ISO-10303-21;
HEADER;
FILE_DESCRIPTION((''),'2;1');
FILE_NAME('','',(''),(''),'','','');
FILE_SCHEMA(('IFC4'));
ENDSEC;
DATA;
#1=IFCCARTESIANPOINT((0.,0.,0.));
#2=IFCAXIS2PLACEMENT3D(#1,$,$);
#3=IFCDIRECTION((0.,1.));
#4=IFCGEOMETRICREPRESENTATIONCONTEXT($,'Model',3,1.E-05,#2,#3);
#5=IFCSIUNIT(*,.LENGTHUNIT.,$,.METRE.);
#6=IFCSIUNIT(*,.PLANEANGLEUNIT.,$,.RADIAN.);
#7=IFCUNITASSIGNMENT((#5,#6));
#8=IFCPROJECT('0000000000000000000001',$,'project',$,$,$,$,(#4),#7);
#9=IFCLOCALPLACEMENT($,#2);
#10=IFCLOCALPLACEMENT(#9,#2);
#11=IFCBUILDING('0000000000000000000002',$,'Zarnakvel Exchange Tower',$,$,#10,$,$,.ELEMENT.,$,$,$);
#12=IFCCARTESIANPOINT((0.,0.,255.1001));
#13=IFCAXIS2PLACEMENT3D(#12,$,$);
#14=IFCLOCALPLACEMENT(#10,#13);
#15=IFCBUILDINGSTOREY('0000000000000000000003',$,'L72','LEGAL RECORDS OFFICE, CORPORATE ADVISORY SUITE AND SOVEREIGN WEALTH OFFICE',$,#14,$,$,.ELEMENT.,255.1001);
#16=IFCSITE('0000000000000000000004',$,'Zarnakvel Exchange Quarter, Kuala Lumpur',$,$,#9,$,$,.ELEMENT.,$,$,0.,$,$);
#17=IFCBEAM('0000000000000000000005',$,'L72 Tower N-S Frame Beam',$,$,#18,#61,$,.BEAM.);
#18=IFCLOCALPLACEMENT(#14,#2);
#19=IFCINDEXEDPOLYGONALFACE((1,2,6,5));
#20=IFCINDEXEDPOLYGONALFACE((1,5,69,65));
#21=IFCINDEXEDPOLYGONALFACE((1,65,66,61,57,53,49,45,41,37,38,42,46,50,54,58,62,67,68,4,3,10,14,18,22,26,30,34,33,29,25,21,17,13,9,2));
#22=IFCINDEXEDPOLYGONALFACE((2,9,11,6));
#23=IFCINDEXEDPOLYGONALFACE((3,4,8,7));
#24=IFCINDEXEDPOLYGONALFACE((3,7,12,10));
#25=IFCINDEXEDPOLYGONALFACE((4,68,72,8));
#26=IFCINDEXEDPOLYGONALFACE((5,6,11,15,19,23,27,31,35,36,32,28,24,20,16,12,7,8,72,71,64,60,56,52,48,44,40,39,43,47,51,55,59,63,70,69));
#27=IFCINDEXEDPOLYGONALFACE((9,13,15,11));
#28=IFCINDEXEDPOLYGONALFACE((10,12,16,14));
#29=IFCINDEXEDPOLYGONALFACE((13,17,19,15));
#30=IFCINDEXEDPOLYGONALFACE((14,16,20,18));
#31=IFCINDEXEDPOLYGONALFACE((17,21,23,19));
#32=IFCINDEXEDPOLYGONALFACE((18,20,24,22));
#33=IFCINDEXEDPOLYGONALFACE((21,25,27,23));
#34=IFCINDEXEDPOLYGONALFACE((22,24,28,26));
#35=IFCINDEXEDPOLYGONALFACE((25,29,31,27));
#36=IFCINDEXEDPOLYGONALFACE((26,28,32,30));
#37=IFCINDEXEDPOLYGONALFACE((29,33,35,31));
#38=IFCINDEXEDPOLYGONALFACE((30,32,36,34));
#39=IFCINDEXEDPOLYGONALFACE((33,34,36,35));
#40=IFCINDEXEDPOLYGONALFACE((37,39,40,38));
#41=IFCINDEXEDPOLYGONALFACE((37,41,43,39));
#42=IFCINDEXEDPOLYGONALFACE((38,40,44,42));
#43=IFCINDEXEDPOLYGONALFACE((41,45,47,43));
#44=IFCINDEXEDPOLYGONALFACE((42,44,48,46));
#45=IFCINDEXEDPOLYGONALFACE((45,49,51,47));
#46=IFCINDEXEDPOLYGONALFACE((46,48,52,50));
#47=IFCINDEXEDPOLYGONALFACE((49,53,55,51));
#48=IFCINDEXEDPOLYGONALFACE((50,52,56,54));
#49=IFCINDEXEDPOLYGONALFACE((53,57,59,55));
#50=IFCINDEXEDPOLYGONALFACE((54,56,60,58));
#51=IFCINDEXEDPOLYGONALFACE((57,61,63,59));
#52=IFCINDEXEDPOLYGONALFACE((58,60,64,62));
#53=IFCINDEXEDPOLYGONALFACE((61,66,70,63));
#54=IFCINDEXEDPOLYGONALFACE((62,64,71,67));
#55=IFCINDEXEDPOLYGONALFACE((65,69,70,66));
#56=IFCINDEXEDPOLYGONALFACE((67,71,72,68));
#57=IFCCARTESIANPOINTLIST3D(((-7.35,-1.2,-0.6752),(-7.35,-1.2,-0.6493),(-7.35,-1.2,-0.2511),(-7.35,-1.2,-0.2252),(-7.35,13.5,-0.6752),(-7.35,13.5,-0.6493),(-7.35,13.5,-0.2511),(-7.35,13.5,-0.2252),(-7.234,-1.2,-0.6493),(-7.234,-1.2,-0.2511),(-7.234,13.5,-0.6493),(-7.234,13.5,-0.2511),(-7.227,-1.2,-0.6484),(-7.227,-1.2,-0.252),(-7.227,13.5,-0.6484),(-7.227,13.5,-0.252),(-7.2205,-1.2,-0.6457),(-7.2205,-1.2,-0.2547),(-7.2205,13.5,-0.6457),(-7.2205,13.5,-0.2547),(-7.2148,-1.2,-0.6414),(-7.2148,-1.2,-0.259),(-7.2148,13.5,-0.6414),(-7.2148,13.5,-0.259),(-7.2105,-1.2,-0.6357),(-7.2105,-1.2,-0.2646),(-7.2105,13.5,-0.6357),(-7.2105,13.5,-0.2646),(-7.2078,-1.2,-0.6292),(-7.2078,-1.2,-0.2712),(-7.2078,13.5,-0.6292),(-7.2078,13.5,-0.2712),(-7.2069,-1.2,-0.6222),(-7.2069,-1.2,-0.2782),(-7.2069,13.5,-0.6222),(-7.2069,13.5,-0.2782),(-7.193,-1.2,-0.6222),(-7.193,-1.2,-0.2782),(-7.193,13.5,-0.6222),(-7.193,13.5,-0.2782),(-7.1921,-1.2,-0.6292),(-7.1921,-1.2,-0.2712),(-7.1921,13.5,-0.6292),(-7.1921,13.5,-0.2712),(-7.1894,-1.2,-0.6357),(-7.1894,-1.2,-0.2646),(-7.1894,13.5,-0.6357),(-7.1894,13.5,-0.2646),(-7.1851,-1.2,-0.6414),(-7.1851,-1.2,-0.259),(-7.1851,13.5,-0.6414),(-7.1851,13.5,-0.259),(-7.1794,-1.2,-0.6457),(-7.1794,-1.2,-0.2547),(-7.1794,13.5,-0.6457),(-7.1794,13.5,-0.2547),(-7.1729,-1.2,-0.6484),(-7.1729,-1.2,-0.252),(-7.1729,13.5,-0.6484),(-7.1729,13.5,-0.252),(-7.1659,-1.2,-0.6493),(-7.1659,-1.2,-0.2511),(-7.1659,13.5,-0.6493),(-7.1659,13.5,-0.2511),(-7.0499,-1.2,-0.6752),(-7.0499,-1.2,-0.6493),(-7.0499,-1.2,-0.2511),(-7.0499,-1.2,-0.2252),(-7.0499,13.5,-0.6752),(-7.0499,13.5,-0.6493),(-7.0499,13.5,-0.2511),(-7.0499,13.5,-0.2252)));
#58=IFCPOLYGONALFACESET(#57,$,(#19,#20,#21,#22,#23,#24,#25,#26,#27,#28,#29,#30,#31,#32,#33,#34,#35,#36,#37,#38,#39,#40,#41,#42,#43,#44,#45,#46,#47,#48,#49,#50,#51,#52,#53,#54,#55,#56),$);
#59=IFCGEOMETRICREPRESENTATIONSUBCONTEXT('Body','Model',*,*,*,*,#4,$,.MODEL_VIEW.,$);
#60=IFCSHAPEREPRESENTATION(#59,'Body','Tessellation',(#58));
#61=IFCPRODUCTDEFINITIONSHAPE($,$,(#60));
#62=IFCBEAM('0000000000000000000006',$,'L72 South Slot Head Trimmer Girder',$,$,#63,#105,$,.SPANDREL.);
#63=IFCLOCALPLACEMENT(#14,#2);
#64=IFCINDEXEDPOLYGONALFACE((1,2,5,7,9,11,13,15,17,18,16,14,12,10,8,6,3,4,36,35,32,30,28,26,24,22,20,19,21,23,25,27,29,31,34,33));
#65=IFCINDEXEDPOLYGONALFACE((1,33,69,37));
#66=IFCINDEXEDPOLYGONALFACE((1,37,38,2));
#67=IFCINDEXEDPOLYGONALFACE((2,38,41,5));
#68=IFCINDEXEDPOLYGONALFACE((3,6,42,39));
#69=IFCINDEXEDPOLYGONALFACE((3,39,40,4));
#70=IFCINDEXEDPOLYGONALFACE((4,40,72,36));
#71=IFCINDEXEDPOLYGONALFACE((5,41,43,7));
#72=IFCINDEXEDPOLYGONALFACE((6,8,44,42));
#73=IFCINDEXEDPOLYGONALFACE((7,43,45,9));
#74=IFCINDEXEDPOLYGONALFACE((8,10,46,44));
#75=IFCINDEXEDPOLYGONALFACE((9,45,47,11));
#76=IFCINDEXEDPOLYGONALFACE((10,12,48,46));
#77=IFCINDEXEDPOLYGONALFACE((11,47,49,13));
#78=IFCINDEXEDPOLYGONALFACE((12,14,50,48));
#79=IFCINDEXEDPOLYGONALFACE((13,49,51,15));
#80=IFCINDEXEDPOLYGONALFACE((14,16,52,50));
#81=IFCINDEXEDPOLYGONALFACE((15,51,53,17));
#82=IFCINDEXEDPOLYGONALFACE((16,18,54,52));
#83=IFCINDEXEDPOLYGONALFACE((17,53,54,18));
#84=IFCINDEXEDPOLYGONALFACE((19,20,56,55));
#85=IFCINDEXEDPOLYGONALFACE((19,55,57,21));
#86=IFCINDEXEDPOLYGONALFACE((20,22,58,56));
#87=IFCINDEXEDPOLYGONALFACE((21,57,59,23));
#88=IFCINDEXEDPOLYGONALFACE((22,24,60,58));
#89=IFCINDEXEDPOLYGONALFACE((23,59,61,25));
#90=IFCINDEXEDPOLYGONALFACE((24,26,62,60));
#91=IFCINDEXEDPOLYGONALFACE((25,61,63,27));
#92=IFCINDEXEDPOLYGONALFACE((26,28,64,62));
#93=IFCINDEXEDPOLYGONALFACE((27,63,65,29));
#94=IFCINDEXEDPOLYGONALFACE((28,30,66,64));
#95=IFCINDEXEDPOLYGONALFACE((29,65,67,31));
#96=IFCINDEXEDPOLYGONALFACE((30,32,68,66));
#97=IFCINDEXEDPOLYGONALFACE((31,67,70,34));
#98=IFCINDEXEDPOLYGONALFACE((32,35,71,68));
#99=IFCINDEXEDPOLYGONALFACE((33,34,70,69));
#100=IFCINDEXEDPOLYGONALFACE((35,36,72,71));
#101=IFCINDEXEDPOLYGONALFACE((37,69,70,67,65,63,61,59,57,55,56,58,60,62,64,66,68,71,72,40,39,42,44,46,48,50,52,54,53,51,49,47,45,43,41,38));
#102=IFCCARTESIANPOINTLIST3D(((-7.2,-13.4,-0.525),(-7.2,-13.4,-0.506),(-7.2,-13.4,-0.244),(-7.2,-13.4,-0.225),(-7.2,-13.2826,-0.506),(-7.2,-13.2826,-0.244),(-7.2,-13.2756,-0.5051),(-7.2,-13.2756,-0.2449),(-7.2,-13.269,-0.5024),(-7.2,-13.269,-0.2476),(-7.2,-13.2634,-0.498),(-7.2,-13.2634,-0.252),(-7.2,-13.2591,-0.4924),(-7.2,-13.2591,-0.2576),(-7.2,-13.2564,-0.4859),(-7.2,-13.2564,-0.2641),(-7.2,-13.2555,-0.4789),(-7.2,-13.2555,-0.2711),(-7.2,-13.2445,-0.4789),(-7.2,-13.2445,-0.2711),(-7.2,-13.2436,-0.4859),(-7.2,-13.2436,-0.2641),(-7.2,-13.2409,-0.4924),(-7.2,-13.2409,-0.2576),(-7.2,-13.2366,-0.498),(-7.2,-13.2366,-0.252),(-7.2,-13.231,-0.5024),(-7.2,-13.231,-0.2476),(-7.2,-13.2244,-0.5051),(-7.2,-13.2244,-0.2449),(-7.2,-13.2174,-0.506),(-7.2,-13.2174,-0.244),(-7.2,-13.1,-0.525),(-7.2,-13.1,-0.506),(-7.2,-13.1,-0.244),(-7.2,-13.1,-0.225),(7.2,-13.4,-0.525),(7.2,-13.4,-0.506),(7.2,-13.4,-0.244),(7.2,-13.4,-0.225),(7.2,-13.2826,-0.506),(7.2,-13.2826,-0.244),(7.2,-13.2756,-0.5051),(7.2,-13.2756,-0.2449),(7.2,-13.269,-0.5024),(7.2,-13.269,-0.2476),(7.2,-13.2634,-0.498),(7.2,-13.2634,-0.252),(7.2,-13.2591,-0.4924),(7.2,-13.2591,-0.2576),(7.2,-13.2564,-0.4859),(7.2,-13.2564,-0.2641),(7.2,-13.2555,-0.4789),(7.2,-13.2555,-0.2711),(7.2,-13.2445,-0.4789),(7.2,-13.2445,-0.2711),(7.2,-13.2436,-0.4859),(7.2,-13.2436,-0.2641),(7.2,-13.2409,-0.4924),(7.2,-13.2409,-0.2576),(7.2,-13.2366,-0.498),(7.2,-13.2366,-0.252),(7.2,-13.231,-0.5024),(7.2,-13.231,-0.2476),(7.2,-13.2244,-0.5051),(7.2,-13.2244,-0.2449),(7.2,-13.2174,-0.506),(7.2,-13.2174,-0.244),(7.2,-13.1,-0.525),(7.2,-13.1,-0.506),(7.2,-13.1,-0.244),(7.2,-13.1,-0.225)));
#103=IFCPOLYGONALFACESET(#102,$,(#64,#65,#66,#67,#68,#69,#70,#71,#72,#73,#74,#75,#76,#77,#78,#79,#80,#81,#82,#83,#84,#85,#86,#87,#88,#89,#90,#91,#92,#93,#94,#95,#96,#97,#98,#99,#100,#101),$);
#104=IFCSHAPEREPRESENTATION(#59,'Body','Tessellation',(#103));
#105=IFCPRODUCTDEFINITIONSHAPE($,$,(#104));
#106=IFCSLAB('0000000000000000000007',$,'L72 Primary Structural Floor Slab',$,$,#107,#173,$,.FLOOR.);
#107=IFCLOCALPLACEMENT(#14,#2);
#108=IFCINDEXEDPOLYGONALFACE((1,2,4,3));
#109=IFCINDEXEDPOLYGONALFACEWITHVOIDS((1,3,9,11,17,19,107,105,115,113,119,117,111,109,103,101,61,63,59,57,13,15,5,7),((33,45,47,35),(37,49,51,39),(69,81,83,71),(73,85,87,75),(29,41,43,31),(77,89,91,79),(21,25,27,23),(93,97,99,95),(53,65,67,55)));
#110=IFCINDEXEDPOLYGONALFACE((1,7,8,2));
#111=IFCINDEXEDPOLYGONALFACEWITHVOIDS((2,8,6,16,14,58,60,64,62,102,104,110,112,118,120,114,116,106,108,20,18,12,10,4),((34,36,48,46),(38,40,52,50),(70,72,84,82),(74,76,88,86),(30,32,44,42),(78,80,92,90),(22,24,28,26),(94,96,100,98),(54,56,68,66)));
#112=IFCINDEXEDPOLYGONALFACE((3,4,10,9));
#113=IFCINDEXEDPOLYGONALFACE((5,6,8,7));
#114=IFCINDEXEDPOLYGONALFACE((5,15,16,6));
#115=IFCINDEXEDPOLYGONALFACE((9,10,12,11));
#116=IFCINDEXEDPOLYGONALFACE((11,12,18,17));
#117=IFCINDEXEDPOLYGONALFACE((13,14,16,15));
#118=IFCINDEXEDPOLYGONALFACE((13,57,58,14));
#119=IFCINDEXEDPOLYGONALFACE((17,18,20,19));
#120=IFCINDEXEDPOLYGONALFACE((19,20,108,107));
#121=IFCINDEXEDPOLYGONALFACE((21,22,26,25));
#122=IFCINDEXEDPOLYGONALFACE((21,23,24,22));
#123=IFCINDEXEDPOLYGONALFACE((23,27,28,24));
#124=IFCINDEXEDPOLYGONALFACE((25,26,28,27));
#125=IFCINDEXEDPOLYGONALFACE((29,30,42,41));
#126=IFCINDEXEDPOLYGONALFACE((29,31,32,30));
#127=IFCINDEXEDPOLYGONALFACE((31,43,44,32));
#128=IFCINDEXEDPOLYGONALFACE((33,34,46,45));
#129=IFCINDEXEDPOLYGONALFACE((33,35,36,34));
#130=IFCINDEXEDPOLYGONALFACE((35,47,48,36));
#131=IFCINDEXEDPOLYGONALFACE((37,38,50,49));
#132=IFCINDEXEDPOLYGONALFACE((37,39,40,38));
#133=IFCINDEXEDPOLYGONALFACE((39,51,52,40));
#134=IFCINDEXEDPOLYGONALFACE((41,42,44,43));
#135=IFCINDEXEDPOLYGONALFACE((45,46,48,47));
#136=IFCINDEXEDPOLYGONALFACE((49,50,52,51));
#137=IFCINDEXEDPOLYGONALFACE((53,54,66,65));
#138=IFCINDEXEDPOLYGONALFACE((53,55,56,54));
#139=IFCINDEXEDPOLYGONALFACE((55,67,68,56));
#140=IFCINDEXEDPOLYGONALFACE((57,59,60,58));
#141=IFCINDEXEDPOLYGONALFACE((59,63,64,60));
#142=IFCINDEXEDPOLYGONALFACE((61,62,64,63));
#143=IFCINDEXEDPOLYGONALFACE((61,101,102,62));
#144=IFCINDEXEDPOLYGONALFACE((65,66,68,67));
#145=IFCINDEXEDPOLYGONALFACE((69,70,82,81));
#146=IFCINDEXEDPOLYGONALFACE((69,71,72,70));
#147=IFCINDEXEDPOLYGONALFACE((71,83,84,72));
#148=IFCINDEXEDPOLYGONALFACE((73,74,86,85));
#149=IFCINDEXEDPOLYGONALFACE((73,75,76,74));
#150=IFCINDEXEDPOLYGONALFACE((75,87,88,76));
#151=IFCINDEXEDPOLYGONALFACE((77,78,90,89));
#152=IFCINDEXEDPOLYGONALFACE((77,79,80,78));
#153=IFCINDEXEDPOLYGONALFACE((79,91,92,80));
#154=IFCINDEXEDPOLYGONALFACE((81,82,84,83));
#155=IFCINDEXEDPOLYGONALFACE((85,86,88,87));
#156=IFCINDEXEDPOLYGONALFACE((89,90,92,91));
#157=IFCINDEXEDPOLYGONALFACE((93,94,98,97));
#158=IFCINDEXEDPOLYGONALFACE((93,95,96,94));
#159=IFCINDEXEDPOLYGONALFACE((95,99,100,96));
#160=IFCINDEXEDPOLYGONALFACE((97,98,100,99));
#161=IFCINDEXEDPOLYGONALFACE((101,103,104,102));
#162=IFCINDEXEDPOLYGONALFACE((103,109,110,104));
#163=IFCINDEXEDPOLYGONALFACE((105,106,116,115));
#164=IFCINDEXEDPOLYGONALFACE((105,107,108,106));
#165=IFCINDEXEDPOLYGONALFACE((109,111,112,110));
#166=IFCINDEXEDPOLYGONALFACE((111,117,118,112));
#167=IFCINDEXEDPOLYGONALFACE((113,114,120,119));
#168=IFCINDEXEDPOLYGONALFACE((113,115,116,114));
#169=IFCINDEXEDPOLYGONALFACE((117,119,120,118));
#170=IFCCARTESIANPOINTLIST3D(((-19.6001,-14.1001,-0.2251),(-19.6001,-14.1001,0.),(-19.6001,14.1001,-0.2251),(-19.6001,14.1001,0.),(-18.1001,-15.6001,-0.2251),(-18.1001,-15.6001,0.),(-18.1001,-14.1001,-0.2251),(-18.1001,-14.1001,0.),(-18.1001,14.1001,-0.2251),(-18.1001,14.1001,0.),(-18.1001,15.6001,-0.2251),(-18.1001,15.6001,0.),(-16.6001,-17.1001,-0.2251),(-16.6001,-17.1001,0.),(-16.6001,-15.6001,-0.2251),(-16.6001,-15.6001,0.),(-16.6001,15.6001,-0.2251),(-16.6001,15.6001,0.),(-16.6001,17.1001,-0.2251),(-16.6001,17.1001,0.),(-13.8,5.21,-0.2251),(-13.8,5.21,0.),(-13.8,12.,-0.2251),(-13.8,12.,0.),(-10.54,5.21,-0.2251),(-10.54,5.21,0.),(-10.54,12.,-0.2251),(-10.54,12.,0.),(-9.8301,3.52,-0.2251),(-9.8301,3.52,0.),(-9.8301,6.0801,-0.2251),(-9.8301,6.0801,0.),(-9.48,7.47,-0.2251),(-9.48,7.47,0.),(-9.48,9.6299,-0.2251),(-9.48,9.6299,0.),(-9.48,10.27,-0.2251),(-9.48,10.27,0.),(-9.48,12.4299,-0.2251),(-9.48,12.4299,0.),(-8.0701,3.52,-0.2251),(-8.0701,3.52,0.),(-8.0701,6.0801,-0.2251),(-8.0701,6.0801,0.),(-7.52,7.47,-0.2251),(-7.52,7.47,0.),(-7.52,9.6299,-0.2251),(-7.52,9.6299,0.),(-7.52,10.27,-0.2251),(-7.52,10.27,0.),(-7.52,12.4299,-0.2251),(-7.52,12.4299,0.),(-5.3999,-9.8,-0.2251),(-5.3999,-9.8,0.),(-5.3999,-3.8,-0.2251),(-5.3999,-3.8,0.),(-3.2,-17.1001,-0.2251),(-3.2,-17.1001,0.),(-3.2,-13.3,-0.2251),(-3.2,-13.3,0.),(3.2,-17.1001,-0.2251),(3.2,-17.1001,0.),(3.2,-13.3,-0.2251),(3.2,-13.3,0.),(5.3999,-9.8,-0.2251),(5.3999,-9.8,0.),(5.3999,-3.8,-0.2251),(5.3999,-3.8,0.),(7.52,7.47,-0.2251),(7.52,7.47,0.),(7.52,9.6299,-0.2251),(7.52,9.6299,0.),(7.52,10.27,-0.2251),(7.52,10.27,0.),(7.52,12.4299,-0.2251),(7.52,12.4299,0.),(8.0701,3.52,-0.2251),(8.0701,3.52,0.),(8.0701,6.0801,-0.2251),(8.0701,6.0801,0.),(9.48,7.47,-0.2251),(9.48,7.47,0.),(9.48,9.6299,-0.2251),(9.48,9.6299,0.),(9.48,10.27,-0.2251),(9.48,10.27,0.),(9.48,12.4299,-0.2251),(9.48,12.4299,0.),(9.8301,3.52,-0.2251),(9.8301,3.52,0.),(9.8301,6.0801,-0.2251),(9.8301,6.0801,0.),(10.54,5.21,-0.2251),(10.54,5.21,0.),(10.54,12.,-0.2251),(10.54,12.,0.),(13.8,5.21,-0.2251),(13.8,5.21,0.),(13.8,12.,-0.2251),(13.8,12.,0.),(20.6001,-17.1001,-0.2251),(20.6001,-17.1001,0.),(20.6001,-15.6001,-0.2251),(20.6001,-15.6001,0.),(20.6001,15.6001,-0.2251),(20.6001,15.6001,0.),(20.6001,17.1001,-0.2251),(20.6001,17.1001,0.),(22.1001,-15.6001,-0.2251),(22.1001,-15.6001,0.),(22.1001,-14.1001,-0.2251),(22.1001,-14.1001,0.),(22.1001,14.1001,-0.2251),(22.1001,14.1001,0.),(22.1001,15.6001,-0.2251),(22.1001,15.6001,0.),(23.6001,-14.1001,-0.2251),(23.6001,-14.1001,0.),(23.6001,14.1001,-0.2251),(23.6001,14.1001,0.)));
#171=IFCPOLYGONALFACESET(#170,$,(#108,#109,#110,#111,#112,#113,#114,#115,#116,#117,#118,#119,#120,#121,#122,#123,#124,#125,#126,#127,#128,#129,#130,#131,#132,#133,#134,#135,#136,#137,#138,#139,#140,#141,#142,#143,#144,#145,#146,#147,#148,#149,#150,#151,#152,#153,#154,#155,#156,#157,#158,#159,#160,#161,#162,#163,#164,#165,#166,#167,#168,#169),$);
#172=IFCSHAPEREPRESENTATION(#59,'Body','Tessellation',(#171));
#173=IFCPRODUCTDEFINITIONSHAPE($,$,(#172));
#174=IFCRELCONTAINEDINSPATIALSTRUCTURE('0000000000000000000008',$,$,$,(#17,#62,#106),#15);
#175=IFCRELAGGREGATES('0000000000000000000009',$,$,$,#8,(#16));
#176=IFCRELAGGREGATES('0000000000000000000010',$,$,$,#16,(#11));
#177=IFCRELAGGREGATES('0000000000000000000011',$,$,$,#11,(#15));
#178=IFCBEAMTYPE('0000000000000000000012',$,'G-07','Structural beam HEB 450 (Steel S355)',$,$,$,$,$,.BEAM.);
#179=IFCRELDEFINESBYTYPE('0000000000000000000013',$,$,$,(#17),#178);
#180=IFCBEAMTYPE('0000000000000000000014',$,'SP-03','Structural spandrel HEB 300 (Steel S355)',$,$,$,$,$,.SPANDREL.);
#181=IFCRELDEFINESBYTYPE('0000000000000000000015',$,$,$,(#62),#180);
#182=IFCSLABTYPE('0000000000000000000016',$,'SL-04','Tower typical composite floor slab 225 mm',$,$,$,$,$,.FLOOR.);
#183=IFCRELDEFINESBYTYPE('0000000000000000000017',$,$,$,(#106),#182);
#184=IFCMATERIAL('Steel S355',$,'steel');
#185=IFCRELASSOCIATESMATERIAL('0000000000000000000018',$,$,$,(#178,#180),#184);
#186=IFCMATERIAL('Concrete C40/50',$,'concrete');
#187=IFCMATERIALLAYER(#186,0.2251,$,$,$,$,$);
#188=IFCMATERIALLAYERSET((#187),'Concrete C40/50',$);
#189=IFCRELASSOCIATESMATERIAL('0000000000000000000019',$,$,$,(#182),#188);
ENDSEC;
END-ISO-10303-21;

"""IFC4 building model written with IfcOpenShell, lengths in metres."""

from ifc_helpers import new_model, si_unit, direction, frame, origin, origin_2d, place, context, subcontext, project, spatial, polyline, i_section, outline, extrude, material, layer, layer_set, material_profile, profile_set, type_object, element, save


model = new_model("IFC4")

# Units and contexts
model_context = context("Model", 3, precision=1e-05, world=origin(), true_north=direction((0.0, 1.0)))
body_context = subcontext(model_context, "Body", "Model", "MODEL_VIEW")
ifc_project = project(units=[si_unit("LENGTHUNIT", "METRE"), si_unit("PLANEANGLEUNIT", "RADIAN")], contexts=[model_context])

# Site, building, storey
site_placement = place(None, origin())
site = spatial("IfcSite", under=ifc_project, at=site_placement, Name="Zarnakvel Exchange Quarter, Kuala Lumpur", CompositionType="ELEMENT", RefElevation=0.0)
building_placement = place(site_placement, origin())
building = spatial("IfcBuilding", under=site, at=building_placement, Name="Zarnakvel Exchange Tower", CompositionType="ELEMENT")
storey_placement = place(building_placement, frame((0.0, 0.0, 255.1001)))
storey = spatial("IfcBuildingStorey", under=building, at=storey_placement, Name="L72", Description="LEGAL RECORDS OFFICE, CORPORATE ADVISORY SUITE AND SOVEREIGN WEALTH OFFICE", CompositionType="ELEMENT", Elevation=255.1001)

# Beams
ifc_material_1 = material(Name="Steel S355", Category="steel")
ifc_material_profile_1 = material_profile(ifc_material_1, i_section(OverallWidth=0.3, OverallDepth=0.45, WebThickness=0.0139, FlangeThickness=0.0259, FilletRadius=0.0271, at=origin_2d()))
ifc_profile_set_1 = profile_set([ifc_material_profile_1], Name="Steel S355")
beam_type_1 = type_object("IfcBeamType", Name="G-07", Description="Structural beam HEB 450 (Steel S355)", PredefinedType="BEAM", material=ifc_profile_set_1)
beam_1_placement = place(storey_placement, frame((-7.2, -1.2, -0.4502), z_axis=(0.0, 1.0, 0.0), x_axis=(-1.0, 0.0, 0.0)))
element("IfcBeam", 1, at=beam_1_placement, inside=storey, type_object=beam_type_1, Name="L72 Tower N-S Frame Beam", PredefinedType="BEAM", context=body_context, shape_type="SweptSolid", body=[
    extrude(i_section(OverallWidth=0.3, OverallDepth=0.45, WebThickness=0.0139, FlangeThickness=0.0259, FilletRadius=0.0271, at=origin_2d()), origin(), (0.0, 0.0, 1.0), 14.7),
])
ifc_material_profile_2 = material_profile(ifc_material_1, i_section(OverallWidth=0.3, OverallDepth=0.3, WebThickness=0.011, FlangeThickness=0.019, FilletRadius=0.0271, at=origin_2d()))
ifc_profile_set_2 = profile_set([ifc_material_profile_2], Name="Steel S355")
beam_type_2 = type_object("IfcBeamType", Name="SP-03", Description="Structural spandrel HEB 300 (Steel S355)", PredefinedType="SPANDREL", material=ifc_profile_set_2)
beam_2_placement = place(storey_placement, frame((-7.2, -13.25, -0.375), z_axis=(1.0, 0.0, 0.0), x_axis=(0.0, 1.0, 0.0)))
element("IfcBeam", 2, at=beam_2_placement, inside=storey, type_object=beam_type_2, Name="L72 South Slot Head Trimmer Girder", PredefinedType="SPANDREL", context=body_context, shape_type="SweptSolid", body=[
    extrude(i_section(OverallWidth=0.3, OverallDepth=0.3, WebThickness=0.011, FlangeThickness=0.019, FilletRadius=0.0271, at=origin_2d()), origin(), (0.0, 0.0, 1.0), 14.3999),
])

# Slab
ifc_material_2 = material(Name="Concrete C40/50", Category="concrete")
ifc_layer_1 = layer(ifc_material_2, 0.2251)
ifc_layer_set_1 = layer_set([ifc_layer_1], Name="Concrete C40/50")
slab_type = type_object("IfcSlabType", Name="SL-04", Description="Tower typical composite floor slab 225 mm", PredefinedType="FLOOR", material=ifc_layer_set_1)
slab_placement = place(storey_placement, frame((0.0, 0.0, -0.2251)))
element("IfcSlab", 3, at=slab_placement, inside=storey, type_object=slab_type, Name="L72 Primary Structural Floor Slab", PredefinedType="FLOOR", context=body_context, shape_type="SweptSolid", body=[
    extrude(outline(polyline([(-19.6001, -14.1001), (-18.1001, -14.1001), (-18.1001, -15.6001), (-16.6001, -15.6001), (-16.6001, -17.1001), (-3.2, -17.1001), (-3.2, -13.3), (3.2, -13.3), (3.2, -17.1001), (20.6001, -17.1001), (20.6001, -15.6001), (22.1001, -15.6001), (22.1001, -14.1001), (23.6001, -14.1001), (23.6001, 14.1001), (22.1001, 14.1001), (22.1001, 15.6001), (20.6001, 15.6001), (20.6001, 17.1001), (-16.6001, 17.1001), (-16.6001, 15.6001), (-18.1001, 15.6001), (-18.1001, 14.1001), (-19.6001, 14.1001), (-19.6001, -14.1001)]), holes=[polyline([(-5.3999, -9.8), (5.3999, -9.8), (5.3999, -3.8), (-5.3999, -3.8), (-5.3999, -9.8)]), polyline([(-13.8, 5.21), (-10.54, 5.21), (-10.54, 12.0), (-13.8, 12.0), (-13.8, 5.21)]), polyline([(10.54, 5.21), (13.8, 5.21), (13.8, 12.0), (10.54, 12.0), (10.54, 5.21)]), polyline([(-9.8301, 3.52), (-8.0701, 3.52), (-8.0701, 6.0801), (-9.8301, 6.0801), (-9.8301, 3.52)]), polyline([(8.0701, 3.52), (9.8301, 3.52), (9.8301, 6.0801), (8.0701, 6.0801), (8.0701, 3.52)]), polyline([(-9.48, 7.47), (-7.52, 7.47), (-7.52, 9.6299), (-9.48, 9.6299), (-9.48, 7.47)]), polyline([(-9.48, 10.27), (-7.52, 10.27), (-7.52, 12.4299), (-9.48, 12.4299), (-9.48, 10.27)]), polyline([(7.52, 7.47), (9.48, 7.47), (9.48, 9.6299), (7.52, 9.6299), (7.52, 7.47)]), polyline([(7.52, 10.27), (9.48, 10.27), (9.48, 12.4299), (7.52, 12.4299), (7.52, 10.27)])]), origin(), (0.0, 0.0, 1.0), 0.2251),
])

save(model, "model.ifc")
